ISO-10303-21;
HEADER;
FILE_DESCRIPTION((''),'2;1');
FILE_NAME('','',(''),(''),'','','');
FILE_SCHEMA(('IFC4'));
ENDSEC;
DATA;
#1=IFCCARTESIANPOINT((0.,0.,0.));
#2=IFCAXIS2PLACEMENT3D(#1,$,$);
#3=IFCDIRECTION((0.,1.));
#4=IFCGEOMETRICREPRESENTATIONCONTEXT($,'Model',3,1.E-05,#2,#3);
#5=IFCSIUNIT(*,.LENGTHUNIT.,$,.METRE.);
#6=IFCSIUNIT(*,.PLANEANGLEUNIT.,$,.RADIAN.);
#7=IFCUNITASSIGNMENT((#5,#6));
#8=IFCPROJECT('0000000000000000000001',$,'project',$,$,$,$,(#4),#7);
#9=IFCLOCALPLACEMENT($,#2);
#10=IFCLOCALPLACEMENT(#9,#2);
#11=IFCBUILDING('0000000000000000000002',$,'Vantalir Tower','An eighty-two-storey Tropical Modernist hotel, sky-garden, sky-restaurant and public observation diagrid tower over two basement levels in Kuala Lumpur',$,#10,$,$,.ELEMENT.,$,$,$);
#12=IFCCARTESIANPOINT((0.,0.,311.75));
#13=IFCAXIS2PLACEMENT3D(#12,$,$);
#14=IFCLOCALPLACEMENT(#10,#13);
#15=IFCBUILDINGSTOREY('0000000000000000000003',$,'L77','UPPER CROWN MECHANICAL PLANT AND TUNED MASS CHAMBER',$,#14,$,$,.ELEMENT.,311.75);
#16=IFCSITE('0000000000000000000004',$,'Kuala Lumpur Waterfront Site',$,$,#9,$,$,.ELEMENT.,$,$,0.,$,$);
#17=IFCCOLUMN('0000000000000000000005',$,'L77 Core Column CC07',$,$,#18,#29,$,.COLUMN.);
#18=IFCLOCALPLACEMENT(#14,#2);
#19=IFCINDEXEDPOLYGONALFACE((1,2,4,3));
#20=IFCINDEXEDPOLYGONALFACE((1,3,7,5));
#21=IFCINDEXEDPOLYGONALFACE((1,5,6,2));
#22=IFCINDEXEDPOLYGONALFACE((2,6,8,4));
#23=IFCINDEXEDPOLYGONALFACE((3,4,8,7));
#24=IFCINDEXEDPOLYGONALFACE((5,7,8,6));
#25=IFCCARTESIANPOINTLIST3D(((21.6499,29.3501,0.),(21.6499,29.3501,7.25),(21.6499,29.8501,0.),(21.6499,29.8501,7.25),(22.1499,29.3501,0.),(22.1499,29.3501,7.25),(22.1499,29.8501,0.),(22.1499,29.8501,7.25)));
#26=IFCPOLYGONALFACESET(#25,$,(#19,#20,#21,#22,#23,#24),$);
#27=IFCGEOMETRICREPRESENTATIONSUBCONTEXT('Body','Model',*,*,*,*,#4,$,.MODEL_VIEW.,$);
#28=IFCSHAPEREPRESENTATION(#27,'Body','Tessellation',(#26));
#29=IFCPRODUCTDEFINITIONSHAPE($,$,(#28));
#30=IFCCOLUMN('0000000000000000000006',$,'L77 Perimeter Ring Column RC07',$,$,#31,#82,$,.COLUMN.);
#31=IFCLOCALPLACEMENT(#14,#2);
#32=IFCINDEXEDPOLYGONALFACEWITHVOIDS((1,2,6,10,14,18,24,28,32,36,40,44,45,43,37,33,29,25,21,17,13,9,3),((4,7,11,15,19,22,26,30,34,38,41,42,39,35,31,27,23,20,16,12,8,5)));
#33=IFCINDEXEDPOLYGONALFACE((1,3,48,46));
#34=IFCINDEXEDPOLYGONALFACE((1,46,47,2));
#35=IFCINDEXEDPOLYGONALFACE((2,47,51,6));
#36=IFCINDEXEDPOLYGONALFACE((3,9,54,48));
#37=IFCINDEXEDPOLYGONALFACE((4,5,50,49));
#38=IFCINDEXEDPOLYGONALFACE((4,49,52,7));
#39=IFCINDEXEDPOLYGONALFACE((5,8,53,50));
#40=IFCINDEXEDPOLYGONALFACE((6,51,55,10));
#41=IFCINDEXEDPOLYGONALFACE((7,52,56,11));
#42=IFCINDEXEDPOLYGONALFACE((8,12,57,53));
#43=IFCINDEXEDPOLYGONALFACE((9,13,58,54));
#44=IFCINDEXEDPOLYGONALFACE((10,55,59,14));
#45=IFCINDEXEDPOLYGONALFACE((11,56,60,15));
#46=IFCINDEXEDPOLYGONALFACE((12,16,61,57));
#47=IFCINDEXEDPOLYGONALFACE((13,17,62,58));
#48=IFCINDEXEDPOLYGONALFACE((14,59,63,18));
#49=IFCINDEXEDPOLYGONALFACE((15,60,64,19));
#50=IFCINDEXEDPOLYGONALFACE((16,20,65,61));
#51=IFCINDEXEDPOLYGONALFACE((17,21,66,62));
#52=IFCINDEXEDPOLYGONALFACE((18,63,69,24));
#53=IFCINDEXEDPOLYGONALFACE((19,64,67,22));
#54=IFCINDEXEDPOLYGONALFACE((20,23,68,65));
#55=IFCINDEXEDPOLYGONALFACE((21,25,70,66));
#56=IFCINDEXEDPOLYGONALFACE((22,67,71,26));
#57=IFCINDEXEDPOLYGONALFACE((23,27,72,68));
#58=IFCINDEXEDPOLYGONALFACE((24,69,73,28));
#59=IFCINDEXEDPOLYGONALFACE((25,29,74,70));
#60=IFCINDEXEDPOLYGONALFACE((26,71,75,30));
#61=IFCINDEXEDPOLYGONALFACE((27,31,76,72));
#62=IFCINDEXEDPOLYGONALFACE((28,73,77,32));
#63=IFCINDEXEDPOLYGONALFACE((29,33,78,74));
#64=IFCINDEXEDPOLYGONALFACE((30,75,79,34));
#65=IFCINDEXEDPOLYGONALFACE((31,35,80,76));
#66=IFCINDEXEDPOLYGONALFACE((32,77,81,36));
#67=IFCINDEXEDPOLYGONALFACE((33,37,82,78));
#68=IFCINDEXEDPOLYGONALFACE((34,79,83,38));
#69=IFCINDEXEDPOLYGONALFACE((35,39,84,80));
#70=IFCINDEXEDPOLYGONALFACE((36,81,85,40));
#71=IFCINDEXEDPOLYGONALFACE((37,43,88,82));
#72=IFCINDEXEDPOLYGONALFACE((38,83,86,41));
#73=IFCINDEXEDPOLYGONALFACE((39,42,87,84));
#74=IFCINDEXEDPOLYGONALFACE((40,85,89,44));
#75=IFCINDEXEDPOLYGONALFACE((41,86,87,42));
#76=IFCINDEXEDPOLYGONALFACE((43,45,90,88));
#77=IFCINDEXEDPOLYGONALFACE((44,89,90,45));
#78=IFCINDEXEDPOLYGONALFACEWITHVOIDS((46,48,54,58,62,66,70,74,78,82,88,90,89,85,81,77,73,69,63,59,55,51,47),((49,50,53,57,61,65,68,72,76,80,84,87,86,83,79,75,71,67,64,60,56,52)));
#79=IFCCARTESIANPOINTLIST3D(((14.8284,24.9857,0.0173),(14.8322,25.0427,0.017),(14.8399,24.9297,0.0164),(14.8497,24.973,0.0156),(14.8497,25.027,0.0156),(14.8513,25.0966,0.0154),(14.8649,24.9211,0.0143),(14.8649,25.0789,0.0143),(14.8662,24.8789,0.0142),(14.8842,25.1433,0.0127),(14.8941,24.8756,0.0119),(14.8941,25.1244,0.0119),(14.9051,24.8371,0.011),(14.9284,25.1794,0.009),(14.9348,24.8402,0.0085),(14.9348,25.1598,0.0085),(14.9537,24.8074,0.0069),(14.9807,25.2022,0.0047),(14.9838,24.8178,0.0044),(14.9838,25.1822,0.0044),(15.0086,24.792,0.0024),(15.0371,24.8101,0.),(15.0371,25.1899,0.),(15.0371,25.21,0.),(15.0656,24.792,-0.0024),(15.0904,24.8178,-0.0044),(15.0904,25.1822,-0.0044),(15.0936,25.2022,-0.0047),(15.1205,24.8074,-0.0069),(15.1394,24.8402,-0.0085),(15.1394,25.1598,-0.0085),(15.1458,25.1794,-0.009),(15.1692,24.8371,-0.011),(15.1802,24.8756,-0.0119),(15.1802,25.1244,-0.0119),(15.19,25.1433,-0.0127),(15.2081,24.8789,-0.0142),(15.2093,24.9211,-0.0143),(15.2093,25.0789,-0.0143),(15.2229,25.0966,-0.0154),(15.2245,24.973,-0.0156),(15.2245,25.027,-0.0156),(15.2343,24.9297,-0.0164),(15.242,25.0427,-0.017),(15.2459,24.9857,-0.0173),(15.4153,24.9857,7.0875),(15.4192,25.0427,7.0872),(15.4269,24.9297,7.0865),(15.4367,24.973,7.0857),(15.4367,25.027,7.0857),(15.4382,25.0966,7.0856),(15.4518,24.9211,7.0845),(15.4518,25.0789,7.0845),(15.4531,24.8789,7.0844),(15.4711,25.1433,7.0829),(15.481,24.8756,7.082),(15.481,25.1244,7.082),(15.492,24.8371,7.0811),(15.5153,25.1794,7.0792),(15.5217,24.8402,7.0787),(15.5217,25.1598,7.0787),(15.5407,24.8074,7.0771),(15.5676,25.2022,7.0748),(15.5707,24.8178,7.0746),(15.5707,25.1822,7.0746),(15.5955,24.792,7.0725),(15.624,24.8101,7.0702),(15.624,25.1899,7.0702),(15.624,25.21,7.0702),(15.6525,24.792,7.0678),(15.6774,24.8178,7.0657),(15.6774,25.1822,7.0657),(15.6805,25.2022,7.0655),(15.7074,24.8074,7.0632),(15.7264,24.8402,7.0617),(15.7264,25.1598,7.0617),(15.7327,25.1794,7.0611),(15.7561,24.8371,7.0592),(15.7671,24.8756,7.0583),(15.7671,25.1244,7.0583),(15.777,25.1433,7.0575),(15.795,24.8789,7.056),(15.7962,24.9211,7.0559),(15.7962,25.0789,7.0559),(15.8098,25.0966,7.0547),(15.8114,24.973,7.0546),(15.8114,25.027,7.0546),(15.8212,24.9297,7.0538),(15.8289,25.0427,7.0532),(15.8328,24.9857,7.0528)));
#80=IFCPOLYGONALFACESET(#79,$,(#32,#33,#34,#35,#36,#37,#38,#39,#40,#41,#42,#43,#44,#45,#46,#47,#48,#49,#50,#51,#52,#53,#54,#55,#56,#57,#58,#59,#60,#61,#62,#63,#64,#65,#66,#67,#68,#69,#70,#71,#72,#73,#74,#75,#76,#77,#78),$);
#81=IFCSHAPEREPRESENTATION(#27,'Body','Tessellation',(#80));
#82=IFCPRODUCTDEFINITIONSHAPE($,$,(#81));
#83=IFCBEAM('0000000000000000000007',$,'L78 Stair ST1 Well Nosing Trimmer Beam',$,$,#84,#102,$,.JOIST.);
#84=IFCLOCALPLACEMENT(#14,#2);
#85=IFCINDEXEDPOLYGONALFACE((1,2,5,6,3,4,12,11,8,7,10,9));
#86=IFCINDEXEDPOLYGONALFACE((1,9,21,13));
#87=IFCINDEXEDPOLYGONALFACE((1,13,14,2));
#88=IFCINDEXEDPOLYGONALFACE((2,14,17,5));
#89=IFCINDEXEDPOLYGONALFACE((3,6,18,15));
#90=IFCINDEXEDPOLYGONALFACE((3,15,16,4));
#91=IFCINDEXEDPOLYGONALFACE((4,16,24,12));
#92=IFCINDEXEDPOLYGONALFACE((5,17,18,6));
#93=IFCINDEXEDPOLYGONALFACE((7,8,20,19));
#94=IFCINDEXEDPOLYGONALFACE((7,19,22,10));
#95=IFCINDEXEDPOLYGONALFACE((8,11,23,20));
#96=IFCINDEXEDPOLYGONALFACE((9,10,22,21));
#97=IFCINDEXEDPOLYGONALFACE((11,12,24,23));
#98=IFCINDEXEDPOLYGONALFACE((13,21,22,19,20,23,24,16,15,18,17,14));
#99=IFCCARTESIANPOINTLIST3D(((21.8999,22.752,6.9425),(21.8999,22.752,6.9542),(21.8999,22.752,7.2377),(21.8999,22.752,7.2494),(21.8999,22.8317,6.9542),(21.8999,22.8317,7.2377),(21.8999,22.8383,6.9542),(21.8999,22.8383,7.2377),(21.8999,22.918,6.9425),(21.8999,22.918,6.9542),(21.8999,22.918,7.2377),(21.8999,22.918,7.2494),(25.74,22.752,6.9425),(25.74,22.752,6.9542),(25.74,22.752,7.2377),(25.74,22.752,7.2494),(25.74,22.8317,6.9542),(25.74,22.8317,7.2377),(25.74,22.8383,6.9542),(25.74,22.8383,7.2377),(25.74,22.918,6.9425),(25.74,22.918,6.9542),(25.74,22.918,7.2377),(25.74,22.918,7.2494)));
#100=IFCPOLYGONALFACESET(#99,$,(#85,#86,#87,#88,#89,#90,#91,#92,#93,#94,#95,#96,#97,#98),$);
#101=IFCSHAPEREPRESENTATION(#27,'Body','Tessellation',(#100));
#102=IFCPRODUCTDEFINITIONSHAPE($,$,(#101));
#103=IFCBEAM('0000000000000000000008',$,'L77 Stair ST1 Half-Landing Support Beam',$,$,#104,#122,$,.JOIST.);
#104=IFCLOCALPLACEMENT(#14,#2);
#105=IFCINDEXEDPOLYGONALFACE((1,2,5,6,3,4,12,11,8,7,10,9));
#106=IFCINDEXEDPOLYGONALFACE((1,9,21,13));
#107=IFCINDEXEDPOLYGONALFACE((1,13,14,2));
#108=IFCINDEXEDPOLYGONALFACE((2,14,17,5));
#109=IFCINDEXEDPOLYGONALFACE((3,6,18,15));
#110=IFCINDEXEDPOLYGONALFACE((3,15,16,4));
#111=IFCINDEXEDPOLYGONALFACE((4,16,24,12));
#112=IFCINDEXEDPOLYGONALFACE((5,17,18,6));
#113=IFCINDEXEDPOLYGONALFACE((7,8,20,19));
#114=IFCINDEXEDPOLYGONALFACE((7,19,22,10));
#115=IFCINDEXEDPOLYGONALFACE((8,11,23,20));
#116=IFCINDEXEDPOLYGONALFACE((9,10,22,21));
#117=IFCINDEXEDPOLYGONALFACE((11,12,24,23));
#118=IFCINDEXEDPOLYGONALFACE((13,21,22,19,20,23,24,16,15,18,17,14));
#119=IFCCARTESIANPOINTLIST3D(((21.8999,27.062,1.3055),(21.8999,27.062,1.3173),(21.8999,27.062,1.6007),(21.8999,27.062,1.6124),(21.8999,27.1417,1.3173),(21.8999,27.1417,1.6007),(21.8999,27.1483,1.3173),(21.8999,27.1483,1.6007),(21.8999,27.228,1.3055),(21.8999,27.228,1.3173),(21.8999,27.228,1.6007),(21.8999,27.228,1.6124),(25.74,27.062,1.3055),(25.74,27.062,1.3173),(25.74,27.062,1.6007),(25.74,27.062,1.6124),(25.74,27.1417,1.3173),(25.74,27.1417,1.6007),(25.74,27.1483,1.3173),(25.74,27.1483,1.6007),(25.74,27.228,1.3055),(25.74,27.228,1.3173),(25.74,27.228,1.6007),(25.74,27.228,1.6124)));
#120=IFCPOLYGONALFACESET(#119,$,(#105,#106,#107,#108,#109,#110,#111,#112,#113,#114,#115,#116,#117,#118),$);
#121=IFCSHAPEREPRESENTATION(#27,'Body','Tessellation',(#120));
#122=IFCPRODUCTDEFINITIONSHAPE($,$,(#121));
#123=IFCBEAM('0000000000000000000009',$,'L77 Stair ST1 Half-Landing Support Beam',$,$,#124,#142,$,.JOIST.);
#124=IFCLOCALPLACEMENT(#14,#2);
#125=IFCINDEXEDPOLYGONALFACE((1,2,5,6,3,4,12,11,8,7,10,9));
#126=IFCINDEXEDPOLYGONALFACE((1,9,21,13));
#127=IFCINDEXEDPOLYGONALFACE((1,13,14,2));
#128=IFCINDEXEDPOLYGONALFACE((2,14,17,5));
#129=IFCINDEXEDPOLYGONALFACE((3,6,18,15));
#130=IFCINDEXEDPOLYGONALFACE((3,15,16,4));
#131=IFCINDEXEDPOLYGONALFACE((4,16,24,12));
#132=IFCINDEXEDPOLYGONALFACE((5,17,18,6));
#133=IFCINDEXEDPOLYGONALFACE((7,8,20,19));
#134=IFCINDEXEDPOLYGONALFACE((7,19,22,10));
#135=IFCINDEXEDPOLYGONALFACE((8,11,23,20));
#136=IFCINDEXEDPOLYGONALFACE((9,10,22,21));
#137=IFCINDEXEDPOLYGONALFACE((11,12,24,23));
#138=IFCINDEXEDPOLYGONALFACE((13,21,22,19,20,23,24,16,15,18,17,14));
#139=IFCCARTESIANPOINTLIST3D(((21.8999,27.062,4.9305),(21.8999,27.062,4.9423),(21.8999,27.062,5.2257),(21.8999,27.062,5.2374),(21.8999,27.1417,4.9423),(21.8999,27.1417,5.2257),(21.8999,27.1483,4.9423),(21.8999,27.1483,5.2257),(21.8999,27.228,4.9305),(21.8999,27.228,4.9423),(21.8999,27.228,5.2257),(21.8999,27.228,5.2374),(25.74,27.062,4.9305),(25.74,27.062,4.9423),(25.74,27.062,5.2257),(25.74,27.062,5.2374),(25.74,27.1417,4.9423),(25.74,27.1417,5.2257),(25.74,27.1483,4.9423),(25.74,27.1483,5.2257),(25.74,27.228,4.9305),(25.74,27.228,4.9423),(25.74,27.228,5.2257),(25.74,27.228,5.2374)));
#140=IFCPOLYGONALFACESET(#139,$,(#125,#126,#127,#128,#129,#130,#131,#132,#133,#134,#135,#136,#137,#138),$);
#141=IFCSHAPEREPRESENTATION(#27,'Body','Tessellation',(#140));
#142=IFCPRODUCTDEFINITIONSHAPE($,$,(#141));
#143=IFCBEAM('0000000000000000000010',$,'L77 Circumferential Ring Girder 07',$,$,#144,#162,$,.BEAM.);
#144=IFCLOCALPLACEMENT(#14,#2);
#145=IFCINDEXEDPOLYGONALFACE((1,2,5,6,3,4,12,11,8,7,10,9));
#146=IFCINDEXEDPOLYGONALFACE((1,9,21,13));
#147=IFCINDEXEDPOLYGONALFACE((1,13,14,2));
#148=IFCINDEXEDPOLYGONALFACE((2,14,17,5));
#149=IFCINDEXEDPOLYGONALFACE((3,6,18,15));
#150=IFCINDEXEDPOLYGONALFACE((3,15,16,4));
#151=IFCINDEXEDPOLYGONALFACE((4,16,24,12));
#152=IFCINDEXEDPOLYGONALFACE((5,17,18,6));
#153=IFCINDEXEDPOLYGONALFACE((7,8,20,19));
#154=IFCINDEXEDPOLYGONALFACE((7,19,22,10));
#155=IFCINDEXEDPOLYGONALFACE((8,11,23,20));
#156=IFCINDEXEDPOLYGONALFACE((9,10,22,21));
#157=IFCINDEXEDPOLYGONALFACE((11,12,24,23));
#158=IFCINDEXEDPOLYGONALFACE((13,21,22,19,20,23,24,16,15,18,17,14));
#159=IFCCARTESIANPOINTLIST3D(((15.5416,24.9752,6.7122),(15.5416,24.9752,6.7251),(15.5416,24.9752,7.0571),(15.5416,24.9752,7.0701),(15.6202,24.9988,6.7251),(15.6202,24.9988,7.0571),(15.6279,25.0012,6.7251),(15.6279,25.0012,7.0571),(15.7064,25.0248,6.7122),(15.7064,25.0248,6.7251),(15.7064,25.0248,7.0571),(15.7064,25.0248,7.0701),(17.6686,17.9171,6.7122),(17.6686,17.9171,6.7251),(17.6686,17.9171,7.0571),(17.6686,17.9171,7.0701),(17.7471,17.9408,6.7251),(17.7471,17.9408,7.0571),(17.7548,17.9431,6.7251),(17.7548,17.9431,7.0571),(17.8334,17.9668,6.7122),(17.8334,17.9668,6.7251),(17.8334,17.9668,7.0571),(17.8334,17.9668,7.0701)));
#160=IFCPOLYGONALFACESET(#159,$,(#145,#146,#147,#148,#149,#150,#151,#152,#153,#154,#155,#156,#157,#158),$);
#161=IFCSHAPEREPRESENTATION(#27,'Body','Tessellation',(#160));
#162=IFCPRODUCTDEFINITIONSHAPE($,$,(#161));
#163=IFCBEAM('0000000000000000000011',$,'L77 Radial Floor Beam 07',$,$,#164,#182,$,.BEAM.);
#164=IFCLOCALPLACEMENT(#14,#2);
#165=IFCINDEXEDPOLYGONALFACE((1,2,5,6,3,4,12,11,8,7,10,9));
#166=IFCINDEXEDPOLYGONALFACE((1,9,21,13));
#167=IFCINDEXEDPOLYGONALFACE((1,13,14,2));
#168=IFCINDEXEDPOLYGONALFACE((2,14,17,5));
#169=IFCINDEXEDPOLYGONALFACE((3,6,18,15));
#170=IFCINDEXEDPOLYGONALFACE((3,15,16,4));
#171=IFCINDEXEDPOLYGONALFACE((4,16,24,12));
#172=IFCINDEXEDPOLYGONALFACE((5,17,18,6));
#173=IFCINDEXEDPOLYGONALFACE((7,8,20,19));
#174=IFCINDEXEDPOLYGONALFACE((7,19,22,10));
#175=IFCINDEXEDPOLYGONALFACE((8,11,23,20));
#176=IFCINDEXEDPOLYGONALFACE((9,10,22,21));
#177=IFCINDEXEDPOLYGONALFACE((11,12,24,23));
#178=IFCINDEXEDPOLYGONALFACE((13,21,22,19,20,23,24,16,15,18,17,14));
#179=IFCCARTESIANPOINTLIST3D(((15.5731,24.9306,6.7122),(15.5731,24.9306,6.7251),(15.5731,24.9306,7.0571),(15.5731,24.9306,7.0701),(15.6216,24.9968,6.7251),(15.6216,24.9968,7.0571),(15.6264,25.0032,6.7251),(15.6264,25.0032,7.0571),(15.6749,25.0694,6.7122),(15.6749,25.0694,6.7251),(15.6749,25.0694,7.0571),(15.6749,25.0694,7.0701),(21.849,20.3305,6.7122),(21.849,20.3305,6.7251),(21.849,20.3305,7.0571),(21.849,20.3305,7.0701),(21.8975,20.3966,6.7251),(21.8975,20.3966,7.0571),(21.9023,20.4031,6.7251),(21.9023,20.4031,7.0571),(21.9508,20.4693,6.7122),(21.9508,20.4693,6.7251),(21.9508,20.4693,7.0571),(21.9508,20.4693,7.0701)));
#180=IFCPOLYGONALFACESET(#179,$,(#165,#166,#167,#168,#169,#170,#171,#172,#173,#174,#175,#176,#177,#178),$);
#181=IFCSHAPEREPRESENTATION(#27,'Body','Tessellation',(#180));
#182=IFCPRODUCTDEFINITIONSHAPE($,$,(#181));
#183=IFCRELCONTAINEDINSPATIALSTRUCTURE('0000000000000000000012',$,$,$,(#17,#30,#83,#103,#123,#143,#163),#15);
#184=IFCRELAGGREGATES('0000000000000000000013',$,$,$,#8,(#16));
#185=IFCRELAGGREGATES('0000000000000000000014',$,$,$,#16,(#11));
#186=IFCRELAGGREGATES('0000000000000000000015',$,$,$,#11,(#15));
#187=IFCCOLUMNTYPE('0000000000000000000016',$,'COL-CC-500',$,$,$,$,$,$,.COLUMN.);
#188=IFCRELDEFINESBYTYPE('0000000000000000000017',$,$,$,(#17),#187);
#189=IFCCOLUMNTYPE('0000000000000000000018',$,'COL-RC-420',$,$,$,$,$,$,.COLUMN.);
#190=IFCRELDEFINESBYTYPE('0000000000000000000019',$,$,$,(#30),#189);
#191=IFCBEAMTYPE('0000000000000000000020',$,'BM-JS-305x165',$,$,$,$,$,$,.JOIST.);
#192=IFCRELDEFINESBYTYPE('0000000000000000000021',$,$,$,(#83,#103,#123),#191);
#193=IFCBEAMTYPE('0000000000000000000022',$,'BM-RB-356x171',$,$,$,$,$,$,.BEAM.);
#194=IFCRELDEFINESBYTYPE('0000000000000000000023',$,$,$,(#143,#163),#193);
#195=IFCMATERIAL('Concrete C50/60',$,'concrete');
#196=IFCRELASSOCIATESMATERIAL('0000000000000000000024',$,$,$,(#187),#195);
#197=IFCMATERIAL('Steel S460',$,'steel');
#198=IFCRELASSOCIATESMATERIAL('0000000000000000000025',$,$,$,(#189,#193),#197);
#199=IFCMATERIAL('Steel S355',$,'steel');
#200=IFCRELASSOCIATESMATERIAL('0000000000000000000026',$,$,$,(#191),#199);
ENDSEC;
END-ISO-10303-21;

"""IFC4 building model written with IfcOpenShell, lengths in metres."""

from ifc_helpers import new_model, si_unit, direction, frame, origin, origin_2d, place, context, subcontext, project, spatial, rectangle, hollow_circle, i_section, extrude, material, material_profile, profile_set, type_object, element, save


model = new_model("IFC4")

# Units and contexts
model_context = context("Model", 3, precision=1e-05, world=origin(), true_north=direction((0.0, 1.0)))
body_context = subcontext(model_context, "Body", "Model", "MODEL_VIEW")
ifc_project = project(units=[si_unit("LENGTHUNIT", "METRE"), si_unit("PLANEANGLEUNIT", "RADIAN")], contexts=[model_context])

# Site, building, storey
site_placement = place(None, origin())
site = spatial("IfcSite", under=ifc_project, at=site_placement, Name="Kuala Lumpur Waterfront Site", CompositionType="ELEMENT", RefElevation=0.0)
building_placement = place(site_placement, origin())
building = spatial("IfcBuilding", under=site, at=building_placement, Name="Vantalir Tower", Description="An eighty-two-storey Tropical Modernist hotel, sky-garden, sky-restaurant and public observation diagrid tower over two basement levels in Kuala Lumpur", CompositionType="ELEMENT")
storey_placement = place(building_placement, frame((0.0, 0.0, 311.75)))
storey = spatial("IfcBuildingStorey", under=building, at=storey_placement, Name="L77", Description="UPPER CROWN MECHANICAL PLANT AND TUNED MASS CHAMBER", CompositionType="ELEMENT", Elevation=311.75)

# Columns
ifc_material_1 = material(Name="Concrete C50/60", Category="concrete")
ifc_material_profile_1 = material_profile(ifc_material_1, rectangle(XDim=0.5, YDim=0.5, at=origin_2d()), Name="Concrete C50/60")
ifc_profile_set_1 = profile_set([ifc_material_profile_1], Name="Concrete C50/60")
column_type_1 = type_object("IfcColumnType", Name="COL-CC-500", PredefinedType="COLUMN", material=ifc_profile_set_1)
column_1_placement = place(storey_placement, frame((21.8999, 29.6001, 0.0), z_axis=(0.0, 0.0, 1.0), x_axis=(1.0, 0.0, 0.0)))
element("IfcColumn", 1, at=column_1_placement, inside=storey, type_object=column_type_1, Name="L77 Core Column CC07", PredefinedType="COLUMN", context=body_context, shape_type="SweptSolid", body=[
    extrude(rectangle(XDim=0.5, YDim=0.5, at=origin_2d()), origin(), (0.0, 0.0, 1.0), 7.25),
])
ifc_material_2 = material(Name="Steel S460", Category="steel")
ifc_material_profile_2 = material_profile(ifc_material_2, hollow_circle(Radius=0.21, WallThickness=0.02, at=origin_2d()), Name="Steel S460")
ifc_profile_set_2 = profile_set([ifc_material_profile_2], Name="Steel S460")
column_type_2 = type_object("IfcColumnType", Name="COL-RC-420", PredefinedType="COLUMN", material=ifc_profile_set_2)
column_2_placement = place(storey_placement, frame((15.0371, 25.0, 0.0), z_axis=(0.082729, 0.0, 0.996572), x_axis=(0.0, 1.0, 0.0)))
element("IfcColumn", 2, at=column_2_placement, inside=storey, type_object=column_type_2, Name="L77 Perimeter Ring Column RC07", PredefinedType="COLUMN", context=body_context, shape_type="SweptSolid", body=[
    extrude(hollow_circle(Radius=0.21, WallThickness=0.02, at=origin_2d()), origin(), (0.0, 0.0, 1.0), 7.0945),
])

# Beams
ifc_material_3 = material(Name="Steel S355", Category="steel")
ifc_material_profile_3 = material_profile(ifc_material_3, i_section(OverallWidth=0.166, OverallDepth=0.3069, WebThickness=0.0066, FlangeThickness=0.0117, at=origin_2d()), Name="Steel S355")
ifc_profile_set_3 = profile_set([ifc_material_profile_3], Name="Steel S355")
beam_type_1 = type_object("IfcBeamType", Name="BM-JS-305x165", PredefinedType="JOIST", material=ifc_profile_set_3)
for number, where, z_axis, x_axis, name in (
    (3, (21.8999, 22.835, 7.0959), (1.0, 0.0, 0.0), (0.0, 1.0, 0.0), "L78 Stair ST1 Well Nosing Trimmer Beam"),
    (4, (21.8999, 27.145, 1.459), (1.0, 0.0, 0.0), (0.0, 1.0, 0.0), "L77 Stair ST1 Half-Landing Support Beam"),
    (5, (21.8999, 27.145, 5.084), (1.0, 0.0, 0.0), (0.0, 1.0, 0.0), "L77 Stair ST1 Half-Landing Support Beam"),
):
    element("IfcBeam", number, at=place(storey_placement, frame(where, z_axis=z_axis, x_axis=x_axis)), inside=storey, type_object=beam_type_1, Name=name, PredefinedType="JOIST", context=body_context, shape_type="SweptSolid", body=[
        extrude(i_section(OverallWidth=0.166, OverallDepth=0.3069, WebThickness=0.0066, FlangeThickness=0.0117, at=origin_2d()), origin(), (0.0, 0.0, 1.0), 3.8401),
    ])
ifc_material_profile_4 = material_profile(ifc_material_2, i_section(OverallWidth=0.1721, OverallDepth=0.3579, WebThickness=0.0081, FlangeThickness=0.0129, at=origin_2d()), Name="Steel S460")
ifc_profile_set_4 = profile_set([ifc_material_profile_4], Name="Steel S460")
beam_type_2 = type_object("IfcBeamType", Name="BM-RB-356x171", PredefinedType="BEAM", material=ifc_profile_set_4)
beam_1_placement = place(storey_placement, frame((15.624, 25.0, 6.8911), z_axis=(0.288533, -0.95747, 0.0), x_axis=(0.95747, 0.288533, 0.0)))
element("IfcBeam", 6, at=beam_1_placement, inside=storey, type_object=beam_type_2, Name="L77 Circumferential Ring Girder 07", PredefinedType="BEAM", context=body_context, shape_type="SweptSolid", body=[
    extrude(i_section(OverallWidth=0.1721, OverallDepth=0.3579, WebThickness=0.0081, FlangeThickness=0.0129, at=origin_2d()), origin(), (0.0, 0.0, 1.0), 7.3716),
])
beam_2_placement = place(storey_placement, frame((15.624, 25.0, 6.8911), z_axis=(0.806541, -0.591179, 0.0), x_axis=(0.591179, 0.806541, 0.0)))
element("IfcBeam", 7, at=beam_2_placement, inside=storey, type_object=beam_type_2, Name="L77 Radial Floor Beam 07", PredefinedType="BEAM", context=body_context, shape_type="SweptSolid", body=[
    extrude(i_section(OverallWidth=0.1721, OverallDepth=0.3579, WebThickness=0.0081, FlangeThickness=0.0129, at=origin_2d()), origin(), (0.0, 0.0, 1.0), 7.7812),
])

save(model, "model.ifc")
